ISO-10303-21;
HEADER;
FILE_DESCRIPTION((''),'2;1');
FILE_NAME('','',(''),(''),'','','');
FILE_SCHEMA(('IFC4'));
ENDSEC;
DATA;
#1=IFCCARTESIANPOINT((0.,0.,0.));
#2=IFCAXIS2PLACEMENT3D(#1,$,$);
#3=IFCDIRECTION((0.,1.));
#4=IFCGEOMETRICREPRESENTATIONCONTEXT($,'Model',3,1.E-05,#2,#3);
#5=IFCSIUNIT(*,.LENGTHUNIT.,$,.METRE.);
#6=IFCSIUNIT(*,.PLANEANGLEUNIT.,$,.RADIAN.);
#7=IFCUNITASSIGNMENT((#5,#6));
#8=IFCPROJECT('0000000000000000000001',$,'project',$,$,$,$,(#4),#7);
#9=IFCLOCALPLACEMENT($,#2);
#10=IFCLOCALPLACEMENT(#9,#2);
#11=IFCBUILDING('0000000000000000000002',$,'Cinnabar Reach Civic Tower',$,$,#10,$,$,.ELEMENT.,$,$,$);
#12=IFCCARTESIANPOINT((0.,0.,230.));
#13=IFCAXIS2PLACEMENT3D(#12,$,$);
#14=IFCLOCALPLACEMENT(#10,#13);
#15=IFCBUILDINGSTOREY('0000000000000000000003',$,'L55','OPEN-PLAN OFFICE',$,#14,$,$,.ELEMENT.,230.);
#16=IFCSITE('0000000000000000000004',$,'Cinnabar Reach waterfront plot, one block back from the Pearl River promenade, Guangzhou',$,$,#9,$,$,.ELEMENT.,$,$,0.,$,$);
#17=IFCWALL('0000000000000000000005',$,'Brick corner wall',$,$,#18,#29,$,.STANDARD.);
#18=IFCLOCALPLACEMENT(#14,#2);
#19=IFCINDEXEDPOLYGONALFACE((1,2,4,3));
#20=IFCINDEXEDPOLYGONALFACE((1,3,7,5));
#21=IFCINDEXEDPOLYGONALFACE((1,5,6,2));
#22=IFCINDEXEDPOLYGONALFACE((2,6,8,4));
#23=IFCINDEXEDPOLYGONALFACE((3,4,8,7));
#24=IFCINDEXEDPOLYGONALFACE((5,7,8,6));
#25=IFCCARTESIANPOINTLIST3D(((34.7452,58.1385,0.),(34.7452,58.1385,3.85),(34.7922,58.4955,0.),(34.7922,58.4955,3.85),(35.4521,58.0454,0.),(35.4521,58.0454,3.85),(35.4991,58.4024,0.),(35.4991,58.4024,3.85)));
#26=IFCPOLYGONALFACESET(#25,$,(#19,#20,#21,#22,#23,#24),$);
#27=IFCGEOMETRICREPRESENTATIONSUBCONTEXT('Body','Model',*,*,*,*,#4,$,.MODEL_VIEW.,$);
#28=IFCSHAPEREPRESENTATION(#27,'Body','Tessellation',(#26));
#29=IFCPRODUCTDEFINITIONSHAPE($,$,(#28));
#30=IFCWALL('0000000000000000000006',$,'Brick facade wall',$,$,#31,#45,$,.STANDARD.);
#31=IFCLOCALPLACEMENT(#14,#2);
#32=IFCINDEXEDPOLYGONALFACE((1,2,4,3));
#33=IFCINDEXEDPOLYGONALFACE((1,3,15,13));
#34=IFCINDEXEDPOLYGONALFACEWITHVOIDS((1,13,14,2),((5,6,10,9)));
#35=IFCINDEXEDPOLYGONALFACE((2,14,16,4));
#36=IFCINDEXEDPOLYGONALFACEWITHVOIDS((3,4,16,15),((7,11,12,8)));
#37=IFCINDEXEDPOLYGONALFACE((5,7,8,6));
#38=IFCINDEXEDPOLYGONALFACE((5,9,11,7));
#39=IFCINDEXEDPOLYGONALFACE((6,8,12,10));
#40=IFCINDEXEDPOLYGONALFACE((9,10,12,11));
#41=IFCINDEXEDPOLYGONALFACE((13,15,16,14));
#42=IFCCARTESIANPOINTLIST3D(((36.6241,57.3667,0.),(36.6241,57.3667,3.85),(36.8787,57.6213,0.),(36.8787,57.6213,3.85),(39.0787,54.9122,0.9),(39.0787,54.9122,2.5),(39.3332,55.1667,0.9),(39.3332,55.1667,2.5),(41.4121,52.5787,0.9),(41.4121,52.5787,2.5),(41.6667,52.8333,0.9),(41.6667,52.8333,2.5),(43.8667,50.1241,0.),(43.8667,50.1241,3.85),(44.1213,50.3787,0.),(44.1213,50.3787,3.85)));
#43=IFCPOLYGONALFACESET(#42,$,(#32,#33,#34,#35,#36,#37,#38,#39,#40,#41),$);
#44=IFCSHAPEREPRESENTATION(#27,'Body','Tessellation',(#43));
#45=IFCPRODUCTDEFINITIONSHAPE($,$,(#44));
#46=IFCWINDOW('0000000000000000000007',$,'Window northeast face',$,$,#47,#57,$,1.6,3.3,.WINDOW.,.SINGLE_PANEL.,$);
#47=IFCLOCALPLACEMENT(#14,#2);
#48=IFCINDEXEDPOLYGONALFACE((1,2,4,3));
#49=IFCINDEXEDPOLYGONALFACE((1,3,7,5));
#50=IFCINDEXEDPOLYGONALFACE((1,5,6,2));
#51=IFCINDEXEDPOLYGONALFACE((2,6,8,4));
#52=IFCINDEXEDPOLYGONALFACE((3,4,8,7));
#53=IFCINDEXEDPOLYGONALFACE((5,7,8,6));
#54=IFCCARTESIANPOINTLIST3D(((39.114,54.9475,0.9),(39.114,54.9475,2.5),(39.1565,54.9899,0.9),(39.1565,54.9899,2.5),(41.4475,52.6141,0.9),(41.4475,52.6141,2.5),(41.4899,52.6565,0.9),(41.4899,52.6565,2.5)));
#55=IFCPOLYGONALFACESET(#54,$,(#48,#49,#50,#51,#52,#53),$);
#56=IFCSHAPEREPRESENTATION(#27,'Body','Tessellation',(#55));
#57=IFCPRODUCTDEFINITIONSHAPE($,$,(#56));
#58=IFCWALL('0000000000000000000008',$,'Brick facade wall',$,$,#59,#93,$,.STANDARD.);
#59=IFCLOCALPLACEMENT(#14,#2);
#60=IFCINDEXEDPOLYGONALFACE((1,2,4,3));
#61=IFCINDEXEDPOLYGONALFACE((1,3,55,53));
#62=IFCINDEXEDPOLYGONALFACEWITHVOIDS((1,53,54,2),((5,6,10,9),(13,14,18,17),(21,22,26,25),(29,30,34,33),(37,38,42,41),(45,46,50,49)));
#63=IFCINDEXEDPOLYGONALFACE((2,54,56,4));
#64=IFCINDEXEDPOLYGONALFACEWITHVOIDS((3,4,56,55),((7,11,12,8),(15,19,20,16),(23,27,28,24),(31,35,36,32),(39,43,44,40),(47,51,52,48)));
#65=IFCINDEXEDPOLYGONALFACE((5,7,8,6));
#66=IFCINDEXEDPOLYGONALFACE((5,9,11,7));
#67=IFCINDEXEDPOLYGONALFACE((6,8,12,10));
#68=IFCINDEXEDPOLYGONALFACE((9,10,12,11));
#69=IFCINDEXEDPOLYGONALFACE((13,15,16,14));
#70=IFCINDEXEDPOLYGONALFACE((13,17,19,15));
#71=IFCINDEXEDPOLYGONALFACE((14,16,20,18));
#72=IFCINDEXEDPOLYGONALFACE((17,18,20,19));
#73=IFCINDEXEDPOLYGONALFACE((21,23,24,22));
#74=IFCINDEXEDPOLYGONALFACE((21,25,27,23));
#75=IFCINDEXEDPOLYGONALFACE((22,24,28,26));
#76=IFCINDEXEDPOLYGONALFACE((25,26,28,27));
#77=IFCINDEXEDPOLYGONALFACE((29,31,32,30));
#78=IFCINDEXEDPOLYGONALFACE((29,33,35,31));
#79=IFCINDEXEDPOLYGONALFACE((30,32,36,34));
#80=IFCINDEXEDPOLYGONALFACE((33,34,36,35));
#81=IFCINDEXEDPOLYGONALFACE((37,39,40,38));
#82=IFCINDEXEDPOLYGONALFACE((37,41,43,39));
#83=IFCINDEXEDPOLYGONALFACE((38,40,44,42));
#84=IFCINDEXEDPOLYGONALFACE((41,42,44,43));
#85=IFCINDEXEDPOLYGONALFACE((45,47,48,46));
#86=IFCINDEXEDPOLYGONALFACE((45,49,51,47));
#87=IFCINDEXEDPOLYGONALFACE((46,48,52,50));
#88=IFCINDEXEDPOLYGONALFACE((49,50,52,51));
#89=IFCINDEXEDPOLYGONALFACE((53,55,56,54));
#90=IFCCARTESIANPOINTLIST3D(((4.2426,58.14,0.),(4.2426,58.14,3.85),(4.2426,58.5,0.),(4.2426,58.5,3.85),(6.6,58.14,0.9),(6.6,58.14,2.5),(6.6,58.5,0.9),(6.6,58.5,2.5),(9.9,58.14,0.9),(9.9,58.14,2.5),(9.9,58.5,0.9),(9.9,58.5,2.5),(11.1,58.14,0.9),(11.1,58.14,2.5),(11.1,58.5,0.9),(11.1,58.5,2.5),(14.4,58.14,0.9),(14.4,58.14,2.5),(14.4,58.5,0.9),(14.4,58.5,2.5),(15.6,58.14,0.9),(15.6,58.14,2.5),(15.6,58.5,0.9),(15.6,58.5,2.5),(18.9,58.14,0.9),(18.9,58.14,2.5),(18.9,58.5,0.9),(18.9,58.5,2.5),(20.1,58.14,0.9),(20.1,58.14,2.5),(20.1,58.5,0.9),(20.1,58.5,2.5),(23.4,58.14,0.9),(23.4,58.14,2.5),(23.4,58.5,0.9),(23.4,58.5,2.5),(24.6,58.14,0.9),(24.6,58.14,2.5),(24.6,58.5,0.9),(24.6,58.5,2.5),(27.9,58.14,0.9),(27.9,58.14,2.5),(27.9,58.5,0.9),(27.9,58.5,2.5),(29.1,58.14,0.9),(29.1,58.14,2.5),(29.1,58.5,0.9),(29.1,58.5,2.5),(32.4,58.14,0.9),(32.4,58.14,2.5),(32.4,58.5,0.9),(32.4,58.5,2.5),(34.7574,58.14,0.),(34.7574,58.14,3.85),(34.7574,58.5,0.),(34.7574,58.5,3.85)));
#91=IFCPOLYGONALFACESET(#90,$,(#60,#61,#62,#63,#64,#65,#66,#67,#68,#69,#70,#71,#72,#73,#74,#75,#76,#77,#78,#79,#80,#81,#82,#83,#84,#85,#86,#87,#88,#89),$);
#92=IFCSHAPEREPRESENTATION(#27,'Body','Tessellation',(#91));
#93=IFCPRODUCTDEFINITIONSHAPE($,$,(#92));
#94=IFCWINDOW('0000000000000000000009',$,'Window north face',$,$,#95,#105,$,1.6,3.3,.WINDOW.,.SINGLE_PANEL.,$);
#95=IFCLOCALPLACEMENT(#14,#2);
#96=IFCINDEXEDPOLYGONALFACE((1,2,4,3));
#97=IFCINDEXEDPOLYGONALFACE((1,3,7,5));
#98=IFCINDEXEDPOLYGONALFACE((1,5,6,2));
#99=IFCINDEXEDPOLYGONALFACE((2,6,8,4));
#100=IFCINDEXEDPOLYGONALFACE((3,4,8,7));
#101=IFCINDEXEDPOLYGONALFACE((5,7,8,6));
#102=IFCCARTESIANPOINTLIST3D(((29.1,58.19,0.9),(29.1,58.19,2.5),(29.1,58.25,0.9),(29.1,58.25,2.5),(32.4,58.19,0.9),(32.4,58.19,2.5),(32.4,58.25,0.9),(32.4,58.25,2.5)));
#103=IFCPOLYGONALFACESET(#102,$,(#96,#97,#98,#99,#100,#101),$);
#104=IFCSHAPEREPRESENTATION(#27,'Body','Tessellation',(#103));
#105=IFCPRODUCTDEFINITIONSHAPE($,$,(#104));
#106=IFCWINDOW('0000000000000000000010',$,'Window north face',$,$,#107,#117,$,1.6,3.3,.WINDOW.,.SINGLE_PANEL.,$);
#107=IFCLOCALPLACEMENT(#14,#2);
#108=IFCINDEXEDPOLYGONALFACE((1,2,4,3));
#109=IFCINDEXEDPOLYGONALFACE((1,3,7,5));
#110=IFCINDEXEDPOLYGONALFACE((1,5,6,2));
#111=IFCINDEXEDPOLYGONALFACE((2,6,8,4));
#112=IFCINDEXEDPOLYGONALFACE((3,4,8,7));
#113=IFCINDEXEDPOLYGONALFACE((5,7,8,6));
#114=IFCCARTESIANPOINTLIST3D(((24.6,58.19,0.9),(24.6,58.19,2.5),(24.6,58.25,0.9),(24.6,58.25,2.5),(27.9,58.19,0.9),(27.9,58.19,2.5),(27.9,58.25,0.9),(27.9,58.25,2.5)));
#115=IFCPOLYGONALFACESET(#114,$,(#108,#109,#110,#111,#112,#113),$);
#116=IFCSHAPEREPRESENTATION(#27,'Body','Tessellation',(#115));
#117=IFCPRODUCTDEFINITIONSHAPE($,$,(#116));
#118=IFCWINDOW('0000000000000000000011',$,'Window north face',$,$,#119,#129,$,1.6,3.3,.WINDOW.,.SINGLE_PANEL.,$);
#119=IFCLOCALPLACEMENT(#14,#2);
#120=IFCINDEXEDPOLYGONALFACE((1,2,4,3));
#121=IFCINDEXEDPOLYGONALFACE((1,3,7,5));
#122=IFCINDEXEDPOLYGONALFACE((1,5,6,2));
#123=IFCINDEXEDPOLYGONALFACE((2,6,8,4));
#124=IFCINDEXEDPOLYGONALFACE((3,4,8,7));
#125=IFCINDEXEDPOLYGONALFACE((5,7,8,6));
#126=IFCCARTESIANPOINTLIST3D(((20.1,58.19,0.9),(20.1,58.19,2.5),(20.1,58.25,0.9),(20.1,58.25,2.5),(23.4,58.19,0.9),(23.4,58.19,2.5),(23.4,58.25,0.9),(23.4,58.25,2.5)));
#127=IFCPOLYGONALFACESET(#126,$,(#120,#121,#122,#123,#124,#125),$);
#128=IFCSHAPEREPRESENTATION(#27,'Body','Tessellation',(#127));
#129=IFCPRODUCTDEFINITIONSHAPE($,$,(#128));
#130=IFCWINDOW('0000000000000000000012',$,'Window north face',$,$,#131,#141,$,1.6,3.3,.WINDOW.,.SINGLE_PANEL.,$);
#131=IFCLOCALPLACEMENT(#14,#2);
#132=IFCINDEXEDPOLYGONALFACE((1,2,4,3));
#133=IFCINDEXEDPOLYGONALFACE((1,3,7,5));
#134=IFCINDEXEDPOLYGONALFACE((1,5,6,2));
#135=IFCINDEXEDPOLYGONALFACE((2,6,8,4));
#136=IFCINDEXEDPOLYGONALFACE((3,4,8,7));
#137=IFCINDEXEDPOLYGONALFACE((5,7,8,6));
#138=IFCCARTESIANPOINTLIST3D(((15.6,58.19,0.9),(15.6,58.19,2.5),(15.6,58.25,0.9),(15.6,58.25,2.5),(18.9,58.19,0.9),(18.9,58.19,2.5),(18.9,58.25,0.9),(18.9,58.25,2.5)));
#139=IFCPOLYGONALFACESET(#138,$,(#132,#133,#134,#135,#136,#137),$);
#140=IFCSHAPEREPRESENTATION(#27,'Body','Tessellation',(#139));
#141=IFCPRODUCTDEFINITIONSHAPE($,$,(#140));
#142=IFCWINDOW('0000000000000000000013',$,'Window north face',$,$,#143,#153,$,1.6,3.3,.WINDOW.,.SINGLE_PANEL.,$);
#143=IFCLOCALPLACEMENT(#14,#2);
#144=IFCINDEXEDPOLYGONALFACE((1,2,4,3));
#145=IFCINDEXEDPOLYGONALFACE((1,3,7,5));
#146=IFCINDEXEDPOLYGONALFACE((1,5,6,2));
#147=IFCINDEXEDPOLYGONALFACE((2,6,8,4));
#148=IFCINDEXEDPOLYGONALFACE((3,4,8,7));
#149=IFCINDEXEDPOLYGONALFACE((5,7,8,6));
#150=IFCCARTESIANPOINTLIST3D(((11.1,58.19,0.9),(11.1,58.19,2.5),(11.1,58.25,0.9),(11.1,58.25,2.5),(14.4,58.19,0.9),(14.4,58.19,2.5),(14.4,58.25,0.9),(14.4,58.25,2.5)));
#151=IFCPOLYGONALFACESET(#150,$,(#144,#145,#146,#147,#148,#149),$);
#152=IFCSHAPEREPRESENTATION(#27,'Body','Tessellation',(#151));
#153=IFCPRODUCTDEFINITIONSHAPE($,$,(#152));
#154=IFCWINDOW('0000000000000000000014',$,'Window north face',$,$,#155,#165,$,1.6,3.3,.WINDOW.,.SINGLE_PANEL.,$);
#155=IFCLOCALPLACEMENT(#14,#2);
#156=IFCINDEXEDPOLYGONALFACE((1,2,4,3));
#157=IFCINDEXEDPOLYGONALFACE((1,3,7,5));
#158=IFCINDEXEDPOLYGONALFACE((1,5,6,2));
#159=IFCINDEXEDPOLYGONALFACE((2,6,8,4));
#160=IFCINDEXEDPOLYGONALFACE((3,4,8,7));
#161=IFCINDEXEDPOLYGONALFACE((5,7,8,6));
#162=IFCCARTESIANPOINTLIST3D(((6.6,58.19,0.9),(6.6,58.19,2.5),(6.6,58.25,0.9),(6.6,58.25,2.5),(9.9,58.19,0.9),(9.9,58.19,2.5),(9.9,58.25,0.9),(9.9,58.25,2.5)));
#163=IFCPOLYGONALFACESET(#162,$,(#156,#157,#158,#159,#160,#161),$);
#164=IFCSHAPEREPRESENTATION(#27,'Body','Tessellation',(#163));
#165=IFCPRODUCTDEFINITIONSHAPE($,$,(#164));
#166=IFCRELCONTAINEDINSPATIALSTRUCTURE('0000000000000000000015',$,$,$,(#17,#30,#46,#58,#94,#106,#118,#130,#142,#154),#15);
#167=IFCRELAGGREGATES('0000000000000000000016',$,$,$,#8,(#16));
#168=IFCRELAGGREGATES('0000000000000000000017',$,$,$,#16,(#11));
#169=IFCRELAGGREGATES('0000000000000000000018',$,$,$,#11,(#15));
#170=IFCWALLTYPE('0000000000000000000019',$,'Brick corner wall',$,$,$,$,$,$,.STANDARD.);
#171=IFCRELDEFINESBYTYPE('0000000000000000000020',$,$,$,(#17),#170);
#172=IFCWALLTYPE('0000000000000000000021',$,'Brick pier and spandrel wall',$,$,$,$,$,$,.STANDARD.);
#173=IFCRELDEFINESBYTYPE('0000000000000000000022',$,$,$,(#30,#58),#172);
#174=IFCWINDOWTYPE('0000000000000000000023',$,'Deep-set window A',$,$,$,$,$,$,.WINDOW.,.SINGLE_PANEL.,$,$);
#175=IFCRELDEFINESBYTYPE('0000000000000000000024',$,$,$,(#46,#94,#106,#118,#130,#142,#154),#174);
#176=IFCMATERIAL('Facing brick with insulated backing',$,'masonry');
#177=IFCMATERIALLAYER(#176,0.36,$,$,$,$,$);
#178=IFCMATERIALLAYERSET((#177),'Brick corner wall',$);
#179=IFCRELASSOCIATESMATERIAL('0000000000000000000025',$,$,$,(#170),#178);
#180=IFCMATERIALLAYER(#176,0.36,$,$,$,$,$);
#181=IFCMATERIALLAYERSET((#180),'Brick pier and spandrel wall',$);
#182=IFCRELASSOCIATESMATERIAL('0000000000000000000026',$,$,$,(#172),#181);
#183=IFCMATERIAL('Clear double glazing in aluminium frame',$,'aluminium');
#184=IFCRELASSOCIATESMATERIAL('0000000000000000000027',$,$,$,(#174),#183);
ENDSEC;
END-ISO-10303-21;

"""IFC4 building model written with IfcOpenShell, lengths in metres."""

from ifc_helpers import new_model, si_unit, direction, frame, frame_2d, origin, place, context, subcontext, project, spatial, rectangle, extrude, material, layer, layer_set, type_object, element, fill, save


model = new_model("IFC4")

# Units and contexts
model_context = context("Model", 3, precision=1e-05, world=origin(), true_north=direction((0.0, 1.0)))
body_context = subcontext(model_context, "Body", "Model", "MODEL_VIEW")
ifc_project = project(units=[si_unit("LENGTHUNIT", "METRE"), si_unit("PLANEANGLEUNIT", "RADIAN")], contexts=[model_context])

# Site, building, storey
site_placement = place(None, origin())
site = spatial("IfcSite", under=ifc_project, at=site_placement, Name="Cinnabar Reach waterfront plot, one block back from the Pearl River promenade, Guangzhou", CompositionType="ELEMENT", RefElevation=0.0)
building_placement = place(site_placement, origin())
building = spatial("IfcBuilding", under=site, at=building_placement, Name="Cinnabar Reach Civic Tower", CompositionType="ELEMENT")
storey_placement = place(building_placement, frame((0.0, 0.0, 230.0)))
storey = spatial("IfcBuildingStorey", under=building, at=storey_placement, Name="L55", Description="OPEN-PLAN OFFICE", CompositionType="ELEMENT", Elevation=230.0)

# Wall
ifc_material_1 = material(Name="Facing brick with insulated backing", Category="masonry")
ifc_layer_1 = layer(ifc_material_1, 0.36)
ifc_layer_set_1 = layer_set([ifc_layer_1], Name="Brick corner wall")
wall_type_1 = type_object("IfcWallType", Name="Brick corner wall", PredefinedType="STANDARD", material=ifc_layer_set_1)
for number, where, z_axis, x_axis, name in (
    (1, (35.4756, 58.2239, 0.0), (0.0, 0.0, 1.0), (-0.991441, 0.130556, 0.0), "Brick corner wall"),
):
    element("IfcWall", number, at=place(storey_placement, frame(where, z_axis=z_axis, x_axis=x_axis)), inside=storey, type_object=wall_type_1, Name=name, PredefinedType="STANDARD", context=body_context, shape_type="SweptSolid", body=[
        extrude(rectangle(XDim=0.7131, YDim=0.36, at=frame_2d((0.3565, 0.0))), origin(), (0.0, 0.0, 1.0), 3.85),
    ])

# Wall, opening, window
ifc_layer_2 = layer(ifc_material_1, 0.36)
ifc_layer_set_2 = layer_set([ifc_layer_2], Name="Brick pier and spandrel wall")
wall_type_2 = type_object("IfcWallType", Name="Brick pier and spandrel wall", PredefinedType="STANDARD", material=ifc_layer_set_2)
wall_1_placement = place(storey_placement, frame((43.994, 50.2514, 0.0), z_axis=(0.0, 0.0, 1.0), x_axis=(-0.707107, 0.707107, 0.0)))
wall_1 = element("IfcWall", 2, at=wall_1_placement, inside=storey, type_object=wall_type_2, Name="Brick facade wall", PredefinedType="STANDARD", context=body_context, shape_type="SweptSolid", body=[
    extrude(rectangle(XDim=10.2426, YDim=0.36, at=frame_2d((5.1213, 0.0))), origin(), (0.0, 0.0, 1.0), 3.85),
])
opening_1_placement = place(wall_1_placement, frame((3.4713, 0.0, 0.9)))
opening_1 = element("IfcOpeningElement", 3, at=opening_1_placement, cuts=wall_1, PredefinedType="OPENING", context=body_context, shape_type="SweptSolid", body=[
    extrude(rectangle(XDim=3.3, YDim=1.6, at=frame_2d((1.65, 0.8))), frame((0.0, 0.19, 0.0), z_axis=(0.0, -1.0, 0.0), x_axis=(1.0, 0.0, 0.0)), (0.0, 0.0, 1.0), 0.38),
])
ifc_material_2 = material(Name="Clear double glazing in aluminium frame", Category="aluminium")
window_type = type_object("IfcWindowType", Name="Deep-set window A", PartitioningType="SINGLE_PANEL", PredefinedType="WINDOW", material=ifc_material_2)
window_1_placement = place(opening_1_placement, origin())
window_1 = element("IfcWindow", 4, at=window_1_placement, inside=storey, type_object=window_type, Name="Window northeast face", OverallHeight=1.6, OverallWidth=3.3, PartitioningType="SINGLE_PANEL", PredefinedType="WINDOW", context=body_context, shape_type="SweptSolid", body=[
    extrude(rectangle(XDim=3.3, YDim=1.6, at=frame_2d((1.65, 0.8))), frame((0.0, 0.13, 0.0), z_axis=(0.0, -1.0, 0.0), x_axis=(1.0, 0.0, 0.0)), (0.0, 0.0, 1.0), 0.06),
])
fill(opening_1, window_1)

# Wall, openings, windows
wall_2_placement = place(storey_placement, frame((34.7574, 58.32, 0.0), z_axis=(0.0, 0.0, 1.0), x_axis=(-1.0, 0.0, 0.0)))
wall_2 = element("IfcWall", 5, at=wall_2_placement, inside=storey, type_object=wall_type_2, Name="Brick facade wall", PredefinedType="STANDARD", context=body_context, shape_type="SweptSolid", body=[
    extrude(rectangle(XDim=30.5148, YDim=0.36, at=frame_2d((15.2574, 0.0))), origin(), (0.0, 0.0, 1.0), 3.85),
])
opening_2_placement = place(wall_2_placement, frame((2.3574, 0.0, 0.9)))
opening_2 = element("IfcOpeningElement", 6, at=opening_2_placement, cuts=wall_2, PredefinedType="OPENING", context=body_context, shape_type="SweptSolid", body=[
    extrude(rectangle(XDim=3.3, YDim=1.6, at=frame_2d((1.65, 0.8))), frame((0.0, 0.19, 0.0), z_axis=(0.0, -1.0, 0.0), x_axis=(1.0, 0.0, 0.0)), (0.0, 0.0, 1.0), 0.38),
])
opening_3_placement = place(wall_2_placement, frame((6.8574, 0.0, 0.9)))
opening_3 = element("IfcOpeningElement", 7, at=opening_3_placement, cuts=wall_2, PredefinedType="OPENING", context=body_context, shape_type="SweptSolid", body=[
    extrude(rectangle(XDim=3.3, YDim=1.6, at=frame_2d((1.65, 0.8))), frame((0.0, 0.19, 0.0), z_axis=(0.0, -1.0, 0.0), x_axis=(1.0, 0.0, 0.0)), (0.0, 0.0, 1.0), 0.38),
])
opening_4_placement = place(wall_2_placement, frame((11.3574, 0.0, 0.9)))
opening_4 = element("IfcOpeningElement", 8, at=opening_4_placement, cuts=wall_2, PredefinedType="OPENING", context=body_context, shape_type="SweptSolid", body=[
    extrude(rectangle(XDim=3.3, YDim=1.6, at=frame_2d((1.65, 0.8))), frame((0.0, 0.19, 0.0), z_axis=(0.0, -1.0, 0.0), x_axis=(1.0, 0.0, 0.0)), (0.0, 0.0, 1.0), 0.38),
])
opening_5_placement = place(wall_2_placement, frame((15.8574, 0.0, 0.9)))
opening_5 = element("IfcOpeningElement", 9, at=opening_5_placement, cuts=wall_2, PredefinedType="OPENING", context=body_context, shape_type="SweptSolid", body=[
    extrude(rectangle(XDim=3.3, YDim=1.6, at=frame_2d((1.65, 0.8))), frame((0.0, 0.19, 0.0), z_axis=(0.0, -1.0, 0.0), x_axis=(1.0, 0.0, 0.0)), (0.0, 0.0, 1.0), 0.38),
])
opening_6_placement = place(wall_2_placement, frame((20.3574, 0.0, 0.9)))
opening_6 = element("IfcOpeningElement", 10, at=opening_6_placement, cuts=wall_2, PredefinedType="OPENING", context=body_context, shape_type="SweptSolid", body=[
    extrude(rectangle(XDim=3.3, YDim=1.6, at=frame_2d((1.65, 0.8))), frame((0.0, 0.19, 0.0), z_axis=(0.0, -1.0, 0.0), x_axis=(1.0, 0.0, 0.0)), (0.0, 0.0, 1.0), 0.38),
])
opening_7_placement = place(wall_2_placement, frame((24.8574, 0.0, 0.9)))
opening_7 = element("IfcOpeningElement", 11, at=opening_7_placement, cuts=wall_2, PredefinedType="OPENING", context=body_context, shape_type="SweptSolid", body=[
    extrude(rectangle(XDim=3.3, YDim=1.6, at=frame_2d((1.65, 0.8))), frame((0.0, 0.19, 0.0), z_axis=(0.0, -1.0, 0.0), x_axis=(1.0, 0.0, 0.0)), (0.0, 0.0, 1.0), 0.38),
])
window_2_placement = place(opening_2_placement, origin())
window_2 = element("IfcWindow", 12, at=window_2_placement, inside=storey, type_object=window_type, Name="Window north face", OverallHeight=1.6, OverallWidth=3.3, PartitioningType="SINGLE_PANEL", PredefinedType="WINDOW", context=body_context, shape_type="SweptSolid", body=[
    extrude(rectangle(XDim=3.3, YDim=1.6, at=frame_2d((1.65, 0.8))), frame((0.0, 0.13, 0.0), z_axis=(0.0, -1.0, 0.0), x_axis=(1.0, 0.0, 0.0)), (0.0, 0.0, 1.0), 0.06),
])
fill(opening_2, window_2)
window_3_placement = place(opening_3_placement, origin())
window_3 = element("IfcWindow", 13, at=window_3_placement, inside=storey, type_object=window_type, Name="Window north face", OverallHeight=1.6, OverallWidth=3.3, PartitioningType="SINGLE_PANEL", PredefinedType="WINDOW", context=body_context, shape_type="SweptSolid", body=[
    extrude(rectangle(XDim=3.3, YDim=1.6, at=frame_2d((1.65, 0.8))), frame((0.0, 0.13, 0.0), z_axis=(0.0, -1.0, 0.0), x_axis=(1.0, 0.0, 0.0)), (0.0, 0.0, 1.0), 0.06),
])
fill(opening_3, window_3)
window_4_placement = place(opening_4_placement, origin())
window_4 = element("IfcWindow", 14, at=window_4_placement, inside=storey, type_object=window_type, Name="Window north face", OverallHeight=1.6, OverallWidth=3.3, PartitioningType="SINGLE_PANEL", PredefinedType="WINDOW", context=body_context, shape_type="SweptSolid", body=[
    extrude(rectangle(XDim=3.3, YDim=1.6, at=frame_2d((1.65, 0.8))), frame((0.0, 0.13, 0.0), z_axis=(0.0, -1.0, 0.0), x_axis=(1.0, 0.0, 0.0)), (0.0, 0.0, 1.0), 0.06),
])
fill(opening_4, window_4)
window_5_placement = place(opening_5_placement, origin())
window_5 = element("IfcWindow", 15, at=window_5_placement, inside=storey, type_object=window_type, Name="Window north face", OverallHeight=1.6, OverallWidth=3.3, PartitioningType="SINGLE_PANEL", PredefinedType="WINDOW", context=body_context, shape_type="SweptSolid", body=[
    extrude(rectangle(XDim=3.3, YDim=1.6, at=frame_2d((1.65, 0.8))), frame((0.0, 0.13, 0.0), z_axis=(0.0, -1.0, 0.0), x_axis=(1.0, 0.0, 0.0)), (0.0, 0.0, 1.0), 0.06),
])
fill(opening_5, window_5)
window_6_placement = place(opening_6_placement, origin())
window_6 = element("IfcWindow", 16, at=window_6_placement, inside=storey, type_object=window_type, Name="Window north face", OverallHeight=1.6, OverallWidth=3.3, PartitioningType="SINGLE_PANEL", PredefinedType="WINDOW", context=body_context, shape_type="SweptSolid", body=[
    extrude(rectangle(XDim=3.3, YDim=1.6, at=frame_2d((1.65, 0.8))), frame((0.0, 0.13, 0.0), z_axis=(0.0, -1.0, 0.0), x_axis=(1.0, 0.0, 0.0)), (0.0, 0.0, 1.0), 0.06),
])
fill(opening_6, window_6)
window_7_placement = place(opening_7_placement, origin())
window_7 = element("IfcWindow", 17, at=window_7_placement, inside=storey, type_object=window_type, Name="Window north face", OverallHeight=1.6, OverallWidth=3.3, PartitioningType="SINGLE_PANEL", PredefinedType="WINDOW", context=body_context, shape_type="SweptSolid", body=[
    extrude(rectangle(XDim=3.3, YDim=1.6, at=frame_2d((1.65, 0.8))), frame((0.0, 0.13, 0.0), z_axis=(0.0, -1.0, 0.0), x_axis=(1.0, 0.0, 0.0)), (0.0, 0.0, 1.0), 0.06),
])
fill(opening_7, window_7)

save(model, "model.ifc")
